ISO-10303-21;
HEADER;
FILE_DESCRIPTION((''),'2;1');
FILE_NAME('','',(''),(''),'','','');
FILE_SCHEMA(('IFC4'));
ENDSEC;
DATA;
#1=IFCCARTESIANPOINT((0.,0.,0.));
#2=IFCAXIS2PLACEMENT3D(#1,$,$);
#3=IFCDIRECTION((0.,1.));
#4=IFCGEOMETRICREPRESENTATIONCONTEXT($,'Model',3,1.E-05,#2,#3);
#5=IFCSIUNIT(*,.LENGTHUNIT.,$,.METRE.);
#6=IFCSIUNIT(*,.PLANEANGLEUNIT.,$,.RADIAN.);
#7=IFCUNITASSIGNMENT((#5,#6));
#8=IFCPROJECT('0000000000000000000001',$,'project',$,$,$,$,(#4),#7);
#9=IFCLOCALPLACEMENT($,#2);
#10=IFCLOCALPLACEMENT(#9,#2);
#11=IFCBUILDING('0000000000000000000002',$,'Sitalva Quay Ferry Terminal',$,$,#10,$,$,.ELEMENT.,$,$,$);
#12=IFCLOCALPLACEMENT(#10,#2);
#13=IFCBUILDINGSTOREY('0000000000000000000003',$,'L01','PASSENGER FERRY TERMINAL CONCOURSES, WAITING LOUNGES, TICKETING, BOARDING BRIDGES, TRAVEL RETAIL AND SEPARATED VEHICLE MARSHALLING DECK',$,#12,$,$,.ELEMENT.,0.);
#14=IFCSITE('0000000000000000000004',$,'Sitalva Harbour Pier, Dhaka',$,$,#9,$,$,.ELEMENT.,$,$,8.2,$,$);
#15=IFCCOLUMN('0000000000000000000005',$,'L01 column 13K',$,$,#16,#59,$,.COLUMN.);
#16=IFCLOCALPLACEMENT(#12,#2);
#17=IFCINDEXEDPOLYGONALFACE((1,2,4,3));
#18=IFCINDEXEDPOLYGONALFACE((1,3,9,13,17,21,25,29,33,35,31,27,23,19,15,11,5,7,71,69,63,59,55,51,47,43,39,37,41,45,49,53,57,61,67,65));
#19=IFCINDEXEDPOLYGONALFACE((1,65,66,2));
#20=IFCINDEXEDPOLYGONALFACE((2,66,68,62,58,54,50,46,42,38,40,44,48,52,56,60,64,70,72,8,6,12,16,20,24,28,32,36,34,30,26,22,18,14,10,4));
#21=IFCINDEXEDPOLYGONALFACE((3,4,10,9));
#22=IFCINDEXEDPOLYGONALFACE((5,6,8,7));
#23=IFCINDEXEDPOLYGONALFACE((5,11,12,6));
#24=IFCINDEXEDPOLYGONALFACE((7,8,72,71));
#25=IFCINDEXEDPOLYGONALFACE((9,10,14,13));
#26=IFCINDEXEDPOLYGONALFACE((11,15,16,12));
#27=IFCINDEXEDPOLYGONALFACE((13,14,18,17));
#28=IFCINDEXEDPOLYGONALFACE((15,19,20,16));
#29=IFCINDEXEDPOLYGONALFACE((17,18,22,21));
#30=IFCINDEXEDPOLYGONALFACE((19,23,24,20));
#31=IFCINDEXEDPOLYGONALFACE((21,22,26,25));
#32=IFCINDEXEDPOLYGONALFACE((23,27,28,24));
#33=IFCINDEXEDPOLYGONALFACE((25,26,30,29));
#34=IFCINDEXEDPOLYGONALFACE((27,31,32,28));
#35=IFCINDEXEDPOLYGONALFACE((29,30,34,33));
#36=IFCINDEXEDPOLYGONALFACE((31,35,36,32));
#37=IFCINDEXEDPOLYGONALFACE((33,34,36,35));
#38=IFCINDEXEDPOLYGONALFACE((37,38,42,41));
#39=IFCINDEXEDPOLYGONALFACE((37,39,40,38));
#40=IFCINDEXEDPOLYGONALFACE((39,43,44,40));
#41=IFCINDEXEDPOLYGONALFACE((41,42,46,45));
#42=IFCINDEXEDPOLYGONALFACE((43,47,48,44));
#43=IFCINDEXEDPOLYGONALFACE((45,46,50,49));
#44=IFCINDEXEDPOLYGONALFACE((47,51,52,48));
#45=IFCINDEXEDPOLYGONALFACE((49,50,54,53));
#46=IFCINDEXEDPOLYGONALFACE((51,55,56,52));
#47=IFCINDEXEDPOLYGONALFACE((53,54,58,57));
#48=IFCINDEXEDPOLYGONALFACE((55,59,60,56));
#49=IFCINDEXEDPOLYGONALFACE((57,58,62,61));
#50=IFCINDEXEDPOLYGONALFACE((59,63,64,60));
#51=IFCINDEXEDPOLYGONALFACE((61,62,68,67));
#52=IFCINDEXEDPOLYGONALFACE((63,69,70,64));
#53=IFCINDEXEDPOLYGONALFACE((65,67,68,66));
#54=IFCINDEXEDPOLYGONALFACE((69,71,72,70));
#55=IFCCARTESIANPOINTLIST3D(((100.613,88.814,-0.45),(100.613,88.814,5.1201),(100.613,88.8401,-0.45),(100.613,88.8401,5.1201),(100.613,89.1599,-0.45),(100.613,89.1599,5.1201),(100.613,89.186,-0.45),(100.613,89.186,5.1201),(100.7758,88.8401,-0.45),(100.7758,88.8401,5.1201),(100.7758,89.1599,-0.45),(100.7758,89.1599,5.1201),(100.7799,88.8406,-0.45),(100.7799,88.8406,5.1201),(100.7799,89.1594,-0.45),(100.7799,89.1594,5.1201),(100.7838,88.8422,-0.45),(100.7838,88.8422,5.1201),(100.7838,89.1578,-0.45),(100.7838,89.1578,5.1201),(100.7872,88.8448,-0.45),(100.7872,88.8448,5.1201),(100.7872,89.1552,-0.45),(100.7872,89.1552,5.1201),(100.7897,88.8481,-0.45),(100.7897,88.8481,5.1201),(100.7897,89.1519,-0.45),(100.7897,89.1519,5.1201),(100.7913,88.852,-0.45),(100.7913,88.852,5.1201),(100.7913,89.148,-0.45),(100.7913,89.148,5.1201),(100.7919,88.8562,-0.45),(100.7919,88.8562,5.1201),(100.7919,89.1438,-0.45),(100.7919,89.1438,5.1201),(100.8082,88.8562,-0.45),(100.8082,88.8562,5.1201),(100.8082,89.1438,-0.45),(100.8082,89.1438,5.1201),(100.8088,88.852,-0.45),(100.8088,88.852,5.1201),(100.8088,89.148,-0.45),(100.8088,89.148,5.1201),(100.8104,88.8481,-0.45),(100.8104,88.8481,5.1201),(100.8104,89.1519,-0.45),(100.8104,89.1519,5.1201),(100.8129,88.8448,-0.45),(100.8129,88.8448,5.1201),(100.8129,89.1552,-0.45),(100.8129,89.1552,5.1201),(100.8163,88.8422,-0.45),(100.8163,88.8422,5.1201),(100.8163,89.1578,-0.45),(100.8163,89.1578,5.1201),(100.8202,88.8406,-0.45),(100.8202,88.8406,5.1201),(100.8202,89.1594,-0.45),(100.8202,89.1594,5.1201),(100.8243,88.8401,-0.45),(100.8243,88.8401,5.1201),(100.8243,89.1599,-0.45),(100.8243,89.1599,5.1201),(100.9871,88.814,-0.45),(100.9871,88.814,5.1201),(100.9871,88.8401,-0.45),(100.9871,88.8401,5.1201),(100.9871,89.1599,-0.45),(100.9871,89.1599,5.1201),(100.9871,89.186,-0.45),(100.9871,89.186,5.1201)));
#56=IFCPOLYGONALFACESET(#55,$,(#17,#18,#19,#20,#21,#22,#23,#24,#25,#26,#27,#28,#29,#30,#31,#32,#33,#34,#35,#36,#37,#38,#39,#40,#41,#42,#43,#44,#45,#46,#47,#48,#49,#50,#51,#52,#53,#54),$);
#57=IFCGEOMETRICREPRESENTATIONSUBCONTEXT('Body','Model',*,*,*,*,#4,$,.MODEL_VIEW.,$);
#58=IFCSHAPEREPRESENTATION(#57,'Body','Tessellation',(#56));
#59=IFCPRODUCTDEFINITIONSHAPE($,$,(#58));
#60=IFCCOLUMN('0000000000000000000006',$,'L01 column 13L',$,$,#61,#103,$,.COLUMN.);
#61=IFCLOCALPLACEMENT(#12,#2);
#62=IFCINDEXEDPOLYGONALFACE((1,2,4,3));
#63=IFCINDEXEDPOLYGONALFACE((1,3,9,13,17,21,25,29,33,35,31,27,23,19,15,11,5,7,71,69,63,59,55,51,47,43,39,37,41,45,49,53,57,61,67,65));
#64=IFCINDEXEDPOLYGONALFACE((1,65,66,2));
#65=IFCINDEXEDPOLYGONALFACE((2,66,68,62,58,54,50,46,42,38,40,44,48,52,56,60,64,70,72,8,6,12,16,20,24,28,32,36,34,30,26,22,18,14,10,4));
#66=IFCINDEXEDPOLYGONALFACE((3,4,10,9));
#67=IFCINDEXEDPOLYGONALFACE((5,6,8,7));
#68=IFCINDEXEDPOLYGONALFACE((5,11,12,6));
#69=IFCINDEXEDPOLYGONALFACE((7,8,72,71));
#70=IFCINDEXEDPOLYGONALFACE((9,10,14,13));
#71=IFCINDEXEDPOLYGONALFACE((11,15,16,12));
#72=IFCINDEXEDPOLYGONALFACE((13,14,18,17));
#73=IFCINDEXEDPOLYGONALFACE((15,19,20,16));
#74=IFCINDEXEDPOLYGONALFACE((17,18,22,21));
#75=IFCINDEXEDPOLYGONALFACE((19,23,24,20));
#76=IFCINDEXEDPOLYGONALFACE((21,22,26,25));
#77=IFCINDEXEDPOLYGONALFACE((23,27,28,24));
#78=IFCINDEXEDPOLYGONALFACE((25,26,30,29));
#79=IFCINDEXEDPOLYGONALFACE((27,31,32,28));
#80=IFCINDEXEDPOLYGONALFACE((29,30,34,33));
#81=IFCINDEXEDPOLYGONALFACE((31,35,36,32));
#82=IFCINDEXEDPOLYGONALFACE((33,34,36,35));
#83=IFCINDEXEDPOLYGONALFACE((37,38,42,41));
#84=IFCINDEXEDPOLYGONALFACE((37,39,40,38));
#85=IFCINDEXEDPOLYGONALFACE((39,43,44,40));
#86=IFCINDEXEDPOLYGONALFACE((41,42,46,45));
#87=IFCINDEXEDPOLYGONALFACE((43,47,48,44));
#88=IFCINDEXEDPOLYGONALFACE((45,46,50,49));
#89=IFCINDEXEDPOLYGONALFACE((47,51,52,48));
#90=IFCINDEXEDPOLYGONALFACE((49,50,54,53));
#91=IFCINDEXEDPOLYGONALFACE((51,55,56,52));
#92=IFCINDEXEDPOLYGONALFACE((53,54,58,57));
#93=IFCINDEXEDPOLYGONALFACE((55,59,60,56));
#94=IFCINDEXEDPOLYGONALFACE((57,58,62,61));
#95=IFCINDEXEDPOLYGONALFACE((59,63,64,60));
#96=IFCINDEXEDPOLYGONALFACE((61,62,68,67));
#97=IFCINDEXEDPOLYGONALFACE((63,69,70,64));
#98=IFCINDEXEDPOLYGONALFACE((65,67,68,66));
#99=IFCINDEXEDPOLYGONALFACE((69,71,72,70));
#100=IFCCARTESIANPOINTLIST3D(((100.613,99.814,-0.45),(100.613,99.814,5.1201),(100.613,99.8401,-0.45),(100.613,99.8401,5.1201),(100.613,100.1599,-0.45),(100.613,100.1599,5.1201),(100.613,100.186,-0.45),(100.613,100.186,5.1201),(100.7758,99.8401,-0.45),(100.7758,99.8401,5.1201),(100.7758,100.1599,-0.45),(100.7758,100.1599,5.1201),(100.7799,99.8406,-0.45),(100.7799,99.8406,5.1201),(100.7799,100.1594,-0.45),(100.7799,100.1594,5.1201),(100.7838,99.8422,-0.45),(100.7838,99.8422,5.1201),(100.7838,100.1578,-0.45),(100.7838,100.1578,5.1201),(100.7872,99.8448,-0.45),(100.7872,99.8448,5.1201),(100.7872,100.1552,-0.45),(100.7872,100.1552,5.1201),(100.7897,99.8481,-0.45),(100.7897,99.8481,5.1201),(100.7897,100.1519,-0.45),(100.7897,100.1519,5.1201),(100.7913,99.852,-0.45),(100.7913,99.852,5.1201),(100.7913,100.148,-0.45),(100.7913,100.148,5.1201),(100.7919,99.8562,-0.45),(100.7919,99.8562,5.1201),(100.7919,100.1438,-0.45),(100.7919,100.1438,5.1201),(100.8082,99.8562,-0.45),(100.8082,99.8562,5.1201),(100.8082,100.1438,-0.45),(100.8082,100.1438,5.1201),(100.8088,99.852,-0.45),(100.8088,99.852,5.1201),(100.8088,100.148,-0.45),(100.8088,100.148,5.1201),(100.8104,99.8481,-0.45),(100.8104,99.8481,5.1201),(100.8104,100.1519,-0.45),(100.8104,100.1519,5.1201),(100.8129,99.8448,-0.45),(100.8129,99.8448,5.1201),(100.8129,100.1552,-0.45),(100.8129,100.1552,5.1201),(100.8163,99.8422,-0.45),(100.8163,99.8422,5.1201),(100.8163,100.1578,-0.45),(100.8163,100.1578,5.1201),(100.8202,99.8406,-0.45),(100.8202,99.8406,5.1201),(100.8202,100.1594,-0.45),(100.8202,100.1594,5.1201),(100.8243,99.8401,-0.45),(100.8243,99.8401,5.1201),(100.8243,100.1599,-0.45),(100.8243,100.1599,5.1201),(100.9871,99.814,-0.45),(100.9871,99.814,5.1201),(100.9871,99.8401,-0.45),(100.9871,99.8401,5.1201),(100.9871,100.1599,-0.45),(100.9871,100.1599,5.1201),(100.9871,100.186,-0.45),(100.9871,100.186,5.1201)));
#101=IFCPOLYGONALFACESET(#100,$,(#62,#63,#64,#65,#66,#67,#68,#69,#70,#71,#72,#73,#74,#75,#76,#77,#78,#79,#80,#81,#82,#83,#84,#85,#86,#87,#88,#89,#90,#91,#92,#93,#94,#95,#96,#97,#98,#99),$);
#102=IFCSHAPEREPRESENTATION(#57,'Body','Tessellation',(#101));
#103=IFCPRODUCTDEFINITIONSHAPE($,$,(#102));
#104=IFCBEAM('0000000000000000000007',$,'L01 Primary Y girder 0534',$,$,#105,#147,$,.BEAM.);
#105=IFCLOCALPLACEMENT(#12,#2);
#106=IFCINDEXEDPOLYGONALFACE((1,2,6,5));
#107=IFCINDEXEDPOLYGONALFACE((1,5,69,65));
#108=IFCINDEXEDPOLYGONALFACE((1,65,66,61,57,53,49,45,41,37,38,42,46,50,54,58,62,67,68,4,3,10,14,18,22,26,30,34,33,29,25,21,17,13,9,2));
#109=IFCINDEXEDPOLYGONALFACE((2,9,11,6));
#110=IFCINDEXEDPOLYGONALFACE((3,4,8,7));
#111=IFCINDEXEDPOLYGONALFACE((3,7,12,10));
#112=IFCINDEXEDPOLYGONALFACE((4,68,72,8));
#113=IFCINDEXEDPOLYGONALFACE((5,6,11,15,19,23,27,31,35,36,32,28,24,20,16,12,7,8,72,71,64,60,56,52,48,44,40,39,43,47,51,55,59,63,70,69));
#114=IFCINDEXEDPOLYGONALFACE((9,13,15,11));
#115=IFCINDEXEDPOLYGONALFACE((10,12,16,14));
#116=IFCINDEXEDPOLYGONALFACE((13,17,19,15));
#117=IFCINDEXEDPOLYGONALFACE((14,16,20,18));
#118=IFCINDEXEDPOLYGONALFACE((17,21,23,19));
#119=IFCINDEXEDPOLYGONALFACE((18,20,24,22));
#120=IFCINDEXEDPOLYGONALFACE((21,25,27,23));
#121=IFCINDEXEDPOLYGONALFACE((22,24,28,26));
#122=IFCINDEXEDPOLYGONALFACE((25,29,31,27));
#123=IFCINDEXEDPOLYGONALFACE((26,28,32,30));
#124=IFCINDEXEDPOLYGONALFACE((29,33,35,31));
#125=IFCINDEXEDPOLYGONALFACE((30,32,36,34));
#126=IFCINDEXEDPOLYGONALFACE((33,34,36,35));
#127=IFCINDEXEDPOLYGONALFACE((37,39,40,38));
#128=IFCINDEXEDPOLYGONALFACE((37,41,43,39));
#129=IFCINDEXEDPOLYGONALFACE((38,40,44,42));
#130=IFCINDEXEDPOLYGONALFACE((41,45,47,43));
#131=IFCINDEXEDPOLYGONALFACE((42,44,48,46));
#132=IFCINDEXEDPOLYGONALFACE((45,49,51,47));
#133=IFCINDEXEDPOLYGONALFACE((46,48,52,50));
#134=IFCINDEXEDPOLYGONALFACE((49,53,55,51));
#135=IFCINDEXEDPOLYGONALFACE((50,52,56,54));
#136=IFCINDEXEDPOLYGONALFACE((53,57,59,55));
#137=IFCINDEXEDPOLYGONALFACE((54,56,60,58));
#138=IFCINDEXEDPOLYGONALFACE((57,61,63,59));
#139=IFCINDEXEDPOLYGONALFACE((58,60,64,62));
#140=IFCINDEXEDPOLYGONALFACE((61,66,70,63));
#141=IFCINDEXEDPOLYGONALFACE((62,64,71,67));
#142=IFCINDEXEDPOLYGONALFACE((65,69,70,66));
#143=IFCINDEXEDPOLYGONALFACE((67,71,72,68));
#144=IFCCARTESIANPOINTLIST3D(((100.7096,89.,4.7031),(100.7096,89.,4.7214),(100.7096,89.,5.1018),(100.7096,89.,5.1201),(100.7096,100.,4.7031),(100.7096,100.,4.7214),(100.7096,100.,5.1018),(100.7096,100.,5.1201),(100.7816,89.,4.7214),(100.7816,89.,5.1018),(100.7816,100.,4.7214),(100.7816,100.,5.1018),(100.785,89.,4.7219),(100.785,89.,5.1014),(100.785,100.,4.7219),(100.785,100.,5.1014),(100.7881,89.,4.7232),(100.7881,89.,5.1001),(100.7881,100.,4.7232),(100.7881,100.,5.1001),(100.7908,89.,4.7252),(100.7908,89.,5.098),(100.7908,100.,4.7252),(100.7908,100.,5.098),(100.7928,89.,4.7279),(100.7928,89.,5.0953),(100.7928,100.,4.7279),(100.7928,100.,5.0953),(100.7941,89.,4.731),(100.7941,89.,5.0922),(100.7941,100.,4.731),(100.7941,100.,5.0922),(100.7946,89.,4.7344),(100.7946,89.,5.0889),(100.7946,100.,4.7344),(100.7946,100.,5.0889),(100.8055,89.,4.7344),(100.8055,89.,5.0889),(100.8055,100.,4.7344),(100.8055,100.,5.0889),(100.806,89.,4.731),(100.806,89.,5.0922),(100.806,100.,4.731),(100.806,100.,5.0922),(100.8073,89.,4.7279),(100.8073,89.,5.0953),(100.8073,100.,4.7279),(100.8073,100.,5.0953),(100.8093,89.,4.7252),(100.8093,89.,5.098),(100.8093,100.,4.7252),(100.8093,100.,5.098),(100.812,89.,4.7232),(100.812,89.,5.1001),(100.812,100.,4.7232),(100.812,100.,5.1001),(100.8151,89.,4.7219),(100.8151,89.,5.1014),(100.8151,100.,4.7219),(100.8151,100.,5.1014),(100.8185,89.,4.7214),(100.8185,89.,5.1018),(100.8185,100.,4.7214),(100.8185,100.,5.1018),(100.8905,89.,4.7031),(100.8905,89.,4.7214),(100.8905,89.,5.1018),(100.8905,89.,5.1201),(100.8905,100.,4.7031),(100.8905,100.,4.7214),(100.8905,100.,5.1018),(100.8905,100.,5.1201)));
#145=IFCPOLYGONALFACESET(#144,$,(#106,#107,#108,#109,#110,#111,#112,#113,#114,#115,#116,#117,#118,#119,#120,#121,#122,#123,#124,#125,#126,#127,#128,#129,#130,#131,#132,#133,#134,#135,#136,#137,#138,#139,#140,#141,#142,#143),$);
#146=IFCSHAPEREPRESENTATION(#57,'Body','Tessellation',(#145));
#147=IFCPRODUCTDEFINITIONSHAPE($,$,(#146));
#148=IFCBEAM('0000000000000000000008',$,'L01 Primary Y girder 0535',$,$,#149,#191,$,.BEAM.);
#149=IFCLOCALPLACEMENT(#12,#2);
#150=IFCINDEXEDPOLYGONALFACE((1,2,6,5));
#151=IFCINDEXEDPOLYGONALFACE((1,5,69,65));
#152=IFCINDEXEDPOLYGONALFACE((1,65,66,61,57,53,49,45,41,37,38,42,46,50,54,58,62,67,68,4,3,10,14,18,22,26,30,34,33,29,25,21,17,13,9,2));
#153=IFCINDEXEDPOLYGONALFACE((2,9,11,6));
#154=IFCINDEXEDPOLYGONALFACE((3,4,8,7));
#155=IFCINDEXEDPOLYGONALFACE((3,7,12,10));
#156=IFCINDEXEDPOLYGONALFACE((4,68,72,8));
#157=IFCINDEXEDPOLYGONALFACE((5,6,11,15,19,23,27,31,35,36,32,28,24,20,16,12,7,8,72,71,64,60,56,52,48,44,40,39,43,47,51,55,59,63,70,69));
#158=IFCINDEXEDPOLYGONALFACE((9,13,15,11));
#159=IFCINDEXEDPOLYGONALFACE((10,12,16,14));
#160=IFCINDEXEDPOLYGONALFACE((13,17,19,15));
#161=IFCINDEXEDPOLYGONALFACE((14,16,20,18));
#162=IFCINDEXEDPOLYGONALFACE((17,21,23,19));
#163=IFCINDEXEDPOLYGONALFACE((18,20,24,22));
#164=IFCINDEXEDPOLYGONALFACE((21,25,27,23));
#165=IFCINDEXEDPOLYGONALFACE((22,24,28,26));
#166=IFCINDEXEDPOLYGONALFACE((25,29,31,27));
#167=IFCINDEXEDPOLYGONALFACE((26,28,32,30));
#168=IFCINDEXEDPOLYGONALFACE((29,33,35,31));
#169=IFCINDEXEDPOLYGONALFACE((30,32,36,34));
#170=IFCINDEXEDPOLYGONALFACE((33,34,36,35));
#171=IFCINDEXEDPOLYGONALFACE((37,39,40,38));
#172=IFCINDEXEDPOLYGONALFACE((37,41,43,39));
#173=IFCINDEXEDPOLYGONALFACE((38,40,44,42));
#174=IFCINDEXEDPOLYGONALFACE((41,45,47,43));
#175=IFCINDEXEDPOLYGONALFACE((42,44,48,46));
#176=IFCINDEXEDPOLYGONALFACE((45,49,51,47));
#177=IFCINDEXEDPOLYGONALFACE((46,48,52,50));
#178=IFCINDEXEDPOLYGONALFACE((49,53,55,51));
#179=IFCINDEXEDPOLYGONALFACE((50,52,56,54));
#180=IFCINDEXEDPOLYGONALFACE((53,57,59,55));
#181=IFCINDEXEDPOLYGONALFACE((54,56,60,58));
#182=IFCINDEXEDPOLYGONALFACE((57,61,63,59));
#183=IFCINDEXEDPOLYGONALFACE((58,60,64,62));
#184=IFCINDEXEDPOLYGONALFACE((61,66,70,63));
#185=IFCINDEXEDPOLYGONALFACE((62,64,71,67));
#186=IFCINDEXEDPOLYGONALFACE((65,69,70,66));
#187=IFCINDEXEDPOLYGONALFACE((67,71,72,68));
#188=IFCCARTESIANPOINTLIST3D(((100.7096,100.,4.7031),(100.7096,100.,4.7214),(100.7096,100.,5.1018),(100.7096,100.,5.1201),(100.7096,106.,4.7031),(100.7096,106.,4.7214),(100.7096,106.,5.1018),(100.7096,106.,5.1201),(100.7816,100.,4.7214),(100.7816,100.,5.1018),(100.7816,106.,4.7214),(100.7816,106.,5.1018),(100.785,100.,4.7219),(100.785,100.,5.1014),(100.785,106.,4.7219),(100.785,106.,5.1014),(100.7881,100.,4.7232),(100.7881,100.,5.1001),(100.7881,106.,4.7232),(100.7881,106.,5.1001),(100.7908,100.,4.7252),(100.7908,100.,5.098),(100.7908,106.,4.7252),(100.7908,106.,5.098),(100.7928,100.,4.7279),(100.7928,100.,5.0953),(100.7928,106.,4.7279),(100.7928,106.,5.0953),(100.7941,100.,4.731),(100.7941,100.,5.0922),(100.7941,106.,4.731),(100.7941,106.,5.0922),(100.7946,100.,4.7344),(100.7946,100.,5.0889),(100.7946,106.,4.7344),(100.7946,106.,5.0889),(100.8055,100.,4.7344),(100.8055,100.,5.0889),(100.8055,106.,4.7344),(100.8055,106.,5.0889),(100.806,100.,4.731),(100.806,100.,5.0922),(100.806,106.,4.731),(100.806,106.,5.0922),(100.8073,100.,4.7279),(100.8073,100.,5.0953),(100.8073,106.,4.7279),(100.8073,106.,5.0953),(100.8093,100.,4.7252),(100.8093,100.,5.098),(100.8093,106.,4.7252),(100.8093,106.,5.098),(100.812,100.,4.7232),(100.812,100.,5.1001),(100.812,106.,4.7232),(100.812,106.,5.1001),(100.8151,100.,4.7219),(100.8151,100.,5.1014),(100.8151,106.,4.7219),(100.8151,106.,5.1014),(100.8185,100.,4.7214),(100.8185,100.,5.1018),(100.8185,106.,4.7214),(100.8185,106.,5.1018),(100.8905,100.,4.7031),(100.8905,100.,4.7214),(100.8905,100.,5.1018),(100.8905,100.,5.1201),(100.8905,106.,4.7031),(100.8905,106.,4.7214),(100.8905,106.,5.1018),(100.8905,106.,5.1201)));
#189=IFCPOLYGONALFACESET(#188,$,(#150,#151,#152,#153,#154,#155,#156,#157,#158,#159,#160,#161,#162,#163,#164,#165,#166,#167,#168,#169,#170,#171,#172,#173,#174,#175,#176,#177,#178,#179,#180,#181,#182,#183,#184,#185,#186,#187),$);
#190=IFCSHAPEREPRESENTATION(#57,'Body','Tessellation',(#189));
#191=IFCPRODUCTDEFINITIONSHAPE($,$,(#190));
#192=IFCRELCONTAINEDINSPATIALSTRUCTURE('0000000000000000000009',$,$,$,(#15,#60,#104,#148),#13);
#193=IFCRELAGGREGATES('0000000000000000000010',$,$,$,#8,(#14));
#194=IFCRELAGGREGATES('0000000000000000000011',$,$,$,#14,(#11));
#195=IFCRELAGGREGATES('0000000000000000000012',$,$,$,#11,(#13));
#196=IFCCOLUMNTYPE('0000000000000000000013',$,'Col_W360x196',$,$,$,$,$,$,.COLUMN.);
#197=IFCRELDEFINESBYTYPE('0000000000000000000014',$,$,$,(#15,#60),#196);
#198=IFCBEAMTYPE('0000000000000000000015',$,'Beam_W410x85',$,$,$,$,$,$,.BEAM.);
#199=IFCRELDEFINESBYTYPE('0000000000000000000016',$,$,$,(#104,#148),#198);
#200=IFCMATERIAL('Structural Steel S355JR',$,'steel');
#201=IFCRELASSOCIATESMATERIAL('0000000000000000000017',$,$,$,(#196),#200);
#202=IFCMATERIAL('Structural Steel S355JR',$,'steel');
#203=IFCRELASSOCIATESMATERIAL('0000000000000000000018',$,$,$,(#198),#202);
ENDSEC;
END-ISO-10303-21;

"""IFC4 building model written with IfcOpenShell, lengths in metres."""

from ifc_helpers import new_model, si_unit, direction, frame, origin, origin_2d, place, context, subcontext, project, spatial, i_section, extrude, material, material_profile, profile_set, type_object, element, save


model = new_model("IFC4")

# Units and contexts
model_context = context("Model", 3, precision=1e-05, world=origin(), true_north=direction((0.0, 1.0)))
body_context = subcontext(model_context, "Body", "Model", "MODEL_VIEW")
ifc_project = project(units=[si_unit("LENGTHUNIT", "METRE"), si_unit("PLANEANGLEUNIT", "RADIAN")], contexts=[model_context])

# Site, building, storey
site_placement = place(None, origin())
site = spatial("IfcSite", under=ifc_project, at=site_placement, Name="Sitalva Harbour Pier, Dhaka", CompositionType="ELEMENT", RefElevation=8.2)
building_placement = place(site_placement, origin())
building = spatial("IfcBuilding", under=site, at=building_placement, Name="Sitalva Quay Ferry Terminal", CompositionType="ELEMENT")
storey_placement = place(building_placement, origin())
storey = spatial("IfcBuildingStorey", under=building, at=storey_placement, Name="L01", Description="PASSENGER FERRY TERMINAL CONCOURSES, WAITING LOUNGES, TICKETING, BOARDING BRIDGES, TRAVEL RETAIL AND SEPARATED VEHICLE MARSHALLING DECK", CompositionType="ELEMENT", Elevation=0.0)

# Columns
ifc_material_1 = material(Name="Structural Steel S355JR", Category="steel")
ifc_material_profile_1 = material_profile(ifc_material_1, i_section(OverallWidth=0.374, OverallDepth=0.3721, WebThickness=0.0164, FlangeThickness=0.0261, FilletRadius=0.0161, at=origin_2d()), Name="W360x196")
ifc_profile_set_1 = profile_set([ifc_material_profile_1], Name="Structural Steel S355JR")
column_type = type_object("IfcColumnType", Name="Col_W360x196", PredefinedType="COLUMN", material=ifc_profile_set_1)
for number, where, z_axis, x_axis, name in (
    (1, (100.8, 89.0, -0.45), (0.0, 0.0, 1.0), (1.0, 0.0, 0.0), "L01 column 13K"),
    (2, (100.8, 100.0, -0.45), (0.0, 0.0, 1.0), (1.0, 0.0, 0.0), "L01 column 13L"),
):
    element("IfcColumn", number, at=place(storey_placement, frame(where, z_axis=z_axis, x_axis=x_axis)), inside=storey, type_object=column_type, Name=name, PredefinedType="COLUMN", context=body_context, shape_type="SweptSolid", body=[
        extrude(i_section(OverallWidth=0.374, OverallDepth=0.3721, WebThickness=0.0164, FlangeThickness=0.0261, FilletRadius=0.0161, at=origin_2d()), origin(), (0.0, 0.0, 1.0), 5.5701),
    ])

# Beams
ifc_material_2 = material(Name="Structural Steel S355JR", Category="steel")
ifc_material_profile_2 = material_profile(ifc_material_2, i_section(OverallWidth=0.1809, OverallDepth=0.417, WebThickness=0.011, FlangeThickness=0.0183, FilletRadius=0.0129, at=origin_2d()), Name="W410x85")
ifc_profile_set_2 = profile_set([ifc_material_profile_2], Name="Structural Steel S355JR")
beam_type_1 = type_object("IfcBeamType", Name="Beam_W410x85", PredefinedType="BEAM", material=ifc_profile_set_2)
beam_1_placement = place(storey_placement, frame((100.8, 89.0, 4.9116), z_axis=(0.0, 1.0, 0.0), x_axis=(-1.0, 0.0, 0.0)))
element("IfcBeam", 3, at=beam_1_placement, inside=storey, type_object=beam_type_1, Name="L01 Primary Y girder 0534", PredefinedType="BEAM", context=body_context, shape_type="SweptSolid", body=[
    extrude(i_section(OverallWidth=0.1809, OverallDepth=0.417, WebThickness=0.011, FlangeThickness=0.0183, FilletRadius=0.0129, at=origin_2d()), origin(), (0.0, 0.0, 1.0), 11.0),
])
beam_2_placement = place(storey_placement, frame((100.8, 100.0, 4.9116), z_axis=(0.0, 1.0, 0.0), x_axis=(-1.0, 0.0, 0.0)))
element("IfcBeam", 4, at=beam_2_placement, inside=storey, type_object=beam_type_1, Name="L01 Primary Y girder 0535", PredefinedType="BEAM", context=body_context, shape_type="SweptSolid", body=[
    extrude(i_section(OverallWidth=0.1809, OverallDepth=0.417, WebThickness=0.011, FlangeThickness=0.0183, FilletRadius=0.0129, at=origin_2d()), origin(), (0.0, 0.0, 1.0), 6.0),
])

save(model, "model.ifc")
